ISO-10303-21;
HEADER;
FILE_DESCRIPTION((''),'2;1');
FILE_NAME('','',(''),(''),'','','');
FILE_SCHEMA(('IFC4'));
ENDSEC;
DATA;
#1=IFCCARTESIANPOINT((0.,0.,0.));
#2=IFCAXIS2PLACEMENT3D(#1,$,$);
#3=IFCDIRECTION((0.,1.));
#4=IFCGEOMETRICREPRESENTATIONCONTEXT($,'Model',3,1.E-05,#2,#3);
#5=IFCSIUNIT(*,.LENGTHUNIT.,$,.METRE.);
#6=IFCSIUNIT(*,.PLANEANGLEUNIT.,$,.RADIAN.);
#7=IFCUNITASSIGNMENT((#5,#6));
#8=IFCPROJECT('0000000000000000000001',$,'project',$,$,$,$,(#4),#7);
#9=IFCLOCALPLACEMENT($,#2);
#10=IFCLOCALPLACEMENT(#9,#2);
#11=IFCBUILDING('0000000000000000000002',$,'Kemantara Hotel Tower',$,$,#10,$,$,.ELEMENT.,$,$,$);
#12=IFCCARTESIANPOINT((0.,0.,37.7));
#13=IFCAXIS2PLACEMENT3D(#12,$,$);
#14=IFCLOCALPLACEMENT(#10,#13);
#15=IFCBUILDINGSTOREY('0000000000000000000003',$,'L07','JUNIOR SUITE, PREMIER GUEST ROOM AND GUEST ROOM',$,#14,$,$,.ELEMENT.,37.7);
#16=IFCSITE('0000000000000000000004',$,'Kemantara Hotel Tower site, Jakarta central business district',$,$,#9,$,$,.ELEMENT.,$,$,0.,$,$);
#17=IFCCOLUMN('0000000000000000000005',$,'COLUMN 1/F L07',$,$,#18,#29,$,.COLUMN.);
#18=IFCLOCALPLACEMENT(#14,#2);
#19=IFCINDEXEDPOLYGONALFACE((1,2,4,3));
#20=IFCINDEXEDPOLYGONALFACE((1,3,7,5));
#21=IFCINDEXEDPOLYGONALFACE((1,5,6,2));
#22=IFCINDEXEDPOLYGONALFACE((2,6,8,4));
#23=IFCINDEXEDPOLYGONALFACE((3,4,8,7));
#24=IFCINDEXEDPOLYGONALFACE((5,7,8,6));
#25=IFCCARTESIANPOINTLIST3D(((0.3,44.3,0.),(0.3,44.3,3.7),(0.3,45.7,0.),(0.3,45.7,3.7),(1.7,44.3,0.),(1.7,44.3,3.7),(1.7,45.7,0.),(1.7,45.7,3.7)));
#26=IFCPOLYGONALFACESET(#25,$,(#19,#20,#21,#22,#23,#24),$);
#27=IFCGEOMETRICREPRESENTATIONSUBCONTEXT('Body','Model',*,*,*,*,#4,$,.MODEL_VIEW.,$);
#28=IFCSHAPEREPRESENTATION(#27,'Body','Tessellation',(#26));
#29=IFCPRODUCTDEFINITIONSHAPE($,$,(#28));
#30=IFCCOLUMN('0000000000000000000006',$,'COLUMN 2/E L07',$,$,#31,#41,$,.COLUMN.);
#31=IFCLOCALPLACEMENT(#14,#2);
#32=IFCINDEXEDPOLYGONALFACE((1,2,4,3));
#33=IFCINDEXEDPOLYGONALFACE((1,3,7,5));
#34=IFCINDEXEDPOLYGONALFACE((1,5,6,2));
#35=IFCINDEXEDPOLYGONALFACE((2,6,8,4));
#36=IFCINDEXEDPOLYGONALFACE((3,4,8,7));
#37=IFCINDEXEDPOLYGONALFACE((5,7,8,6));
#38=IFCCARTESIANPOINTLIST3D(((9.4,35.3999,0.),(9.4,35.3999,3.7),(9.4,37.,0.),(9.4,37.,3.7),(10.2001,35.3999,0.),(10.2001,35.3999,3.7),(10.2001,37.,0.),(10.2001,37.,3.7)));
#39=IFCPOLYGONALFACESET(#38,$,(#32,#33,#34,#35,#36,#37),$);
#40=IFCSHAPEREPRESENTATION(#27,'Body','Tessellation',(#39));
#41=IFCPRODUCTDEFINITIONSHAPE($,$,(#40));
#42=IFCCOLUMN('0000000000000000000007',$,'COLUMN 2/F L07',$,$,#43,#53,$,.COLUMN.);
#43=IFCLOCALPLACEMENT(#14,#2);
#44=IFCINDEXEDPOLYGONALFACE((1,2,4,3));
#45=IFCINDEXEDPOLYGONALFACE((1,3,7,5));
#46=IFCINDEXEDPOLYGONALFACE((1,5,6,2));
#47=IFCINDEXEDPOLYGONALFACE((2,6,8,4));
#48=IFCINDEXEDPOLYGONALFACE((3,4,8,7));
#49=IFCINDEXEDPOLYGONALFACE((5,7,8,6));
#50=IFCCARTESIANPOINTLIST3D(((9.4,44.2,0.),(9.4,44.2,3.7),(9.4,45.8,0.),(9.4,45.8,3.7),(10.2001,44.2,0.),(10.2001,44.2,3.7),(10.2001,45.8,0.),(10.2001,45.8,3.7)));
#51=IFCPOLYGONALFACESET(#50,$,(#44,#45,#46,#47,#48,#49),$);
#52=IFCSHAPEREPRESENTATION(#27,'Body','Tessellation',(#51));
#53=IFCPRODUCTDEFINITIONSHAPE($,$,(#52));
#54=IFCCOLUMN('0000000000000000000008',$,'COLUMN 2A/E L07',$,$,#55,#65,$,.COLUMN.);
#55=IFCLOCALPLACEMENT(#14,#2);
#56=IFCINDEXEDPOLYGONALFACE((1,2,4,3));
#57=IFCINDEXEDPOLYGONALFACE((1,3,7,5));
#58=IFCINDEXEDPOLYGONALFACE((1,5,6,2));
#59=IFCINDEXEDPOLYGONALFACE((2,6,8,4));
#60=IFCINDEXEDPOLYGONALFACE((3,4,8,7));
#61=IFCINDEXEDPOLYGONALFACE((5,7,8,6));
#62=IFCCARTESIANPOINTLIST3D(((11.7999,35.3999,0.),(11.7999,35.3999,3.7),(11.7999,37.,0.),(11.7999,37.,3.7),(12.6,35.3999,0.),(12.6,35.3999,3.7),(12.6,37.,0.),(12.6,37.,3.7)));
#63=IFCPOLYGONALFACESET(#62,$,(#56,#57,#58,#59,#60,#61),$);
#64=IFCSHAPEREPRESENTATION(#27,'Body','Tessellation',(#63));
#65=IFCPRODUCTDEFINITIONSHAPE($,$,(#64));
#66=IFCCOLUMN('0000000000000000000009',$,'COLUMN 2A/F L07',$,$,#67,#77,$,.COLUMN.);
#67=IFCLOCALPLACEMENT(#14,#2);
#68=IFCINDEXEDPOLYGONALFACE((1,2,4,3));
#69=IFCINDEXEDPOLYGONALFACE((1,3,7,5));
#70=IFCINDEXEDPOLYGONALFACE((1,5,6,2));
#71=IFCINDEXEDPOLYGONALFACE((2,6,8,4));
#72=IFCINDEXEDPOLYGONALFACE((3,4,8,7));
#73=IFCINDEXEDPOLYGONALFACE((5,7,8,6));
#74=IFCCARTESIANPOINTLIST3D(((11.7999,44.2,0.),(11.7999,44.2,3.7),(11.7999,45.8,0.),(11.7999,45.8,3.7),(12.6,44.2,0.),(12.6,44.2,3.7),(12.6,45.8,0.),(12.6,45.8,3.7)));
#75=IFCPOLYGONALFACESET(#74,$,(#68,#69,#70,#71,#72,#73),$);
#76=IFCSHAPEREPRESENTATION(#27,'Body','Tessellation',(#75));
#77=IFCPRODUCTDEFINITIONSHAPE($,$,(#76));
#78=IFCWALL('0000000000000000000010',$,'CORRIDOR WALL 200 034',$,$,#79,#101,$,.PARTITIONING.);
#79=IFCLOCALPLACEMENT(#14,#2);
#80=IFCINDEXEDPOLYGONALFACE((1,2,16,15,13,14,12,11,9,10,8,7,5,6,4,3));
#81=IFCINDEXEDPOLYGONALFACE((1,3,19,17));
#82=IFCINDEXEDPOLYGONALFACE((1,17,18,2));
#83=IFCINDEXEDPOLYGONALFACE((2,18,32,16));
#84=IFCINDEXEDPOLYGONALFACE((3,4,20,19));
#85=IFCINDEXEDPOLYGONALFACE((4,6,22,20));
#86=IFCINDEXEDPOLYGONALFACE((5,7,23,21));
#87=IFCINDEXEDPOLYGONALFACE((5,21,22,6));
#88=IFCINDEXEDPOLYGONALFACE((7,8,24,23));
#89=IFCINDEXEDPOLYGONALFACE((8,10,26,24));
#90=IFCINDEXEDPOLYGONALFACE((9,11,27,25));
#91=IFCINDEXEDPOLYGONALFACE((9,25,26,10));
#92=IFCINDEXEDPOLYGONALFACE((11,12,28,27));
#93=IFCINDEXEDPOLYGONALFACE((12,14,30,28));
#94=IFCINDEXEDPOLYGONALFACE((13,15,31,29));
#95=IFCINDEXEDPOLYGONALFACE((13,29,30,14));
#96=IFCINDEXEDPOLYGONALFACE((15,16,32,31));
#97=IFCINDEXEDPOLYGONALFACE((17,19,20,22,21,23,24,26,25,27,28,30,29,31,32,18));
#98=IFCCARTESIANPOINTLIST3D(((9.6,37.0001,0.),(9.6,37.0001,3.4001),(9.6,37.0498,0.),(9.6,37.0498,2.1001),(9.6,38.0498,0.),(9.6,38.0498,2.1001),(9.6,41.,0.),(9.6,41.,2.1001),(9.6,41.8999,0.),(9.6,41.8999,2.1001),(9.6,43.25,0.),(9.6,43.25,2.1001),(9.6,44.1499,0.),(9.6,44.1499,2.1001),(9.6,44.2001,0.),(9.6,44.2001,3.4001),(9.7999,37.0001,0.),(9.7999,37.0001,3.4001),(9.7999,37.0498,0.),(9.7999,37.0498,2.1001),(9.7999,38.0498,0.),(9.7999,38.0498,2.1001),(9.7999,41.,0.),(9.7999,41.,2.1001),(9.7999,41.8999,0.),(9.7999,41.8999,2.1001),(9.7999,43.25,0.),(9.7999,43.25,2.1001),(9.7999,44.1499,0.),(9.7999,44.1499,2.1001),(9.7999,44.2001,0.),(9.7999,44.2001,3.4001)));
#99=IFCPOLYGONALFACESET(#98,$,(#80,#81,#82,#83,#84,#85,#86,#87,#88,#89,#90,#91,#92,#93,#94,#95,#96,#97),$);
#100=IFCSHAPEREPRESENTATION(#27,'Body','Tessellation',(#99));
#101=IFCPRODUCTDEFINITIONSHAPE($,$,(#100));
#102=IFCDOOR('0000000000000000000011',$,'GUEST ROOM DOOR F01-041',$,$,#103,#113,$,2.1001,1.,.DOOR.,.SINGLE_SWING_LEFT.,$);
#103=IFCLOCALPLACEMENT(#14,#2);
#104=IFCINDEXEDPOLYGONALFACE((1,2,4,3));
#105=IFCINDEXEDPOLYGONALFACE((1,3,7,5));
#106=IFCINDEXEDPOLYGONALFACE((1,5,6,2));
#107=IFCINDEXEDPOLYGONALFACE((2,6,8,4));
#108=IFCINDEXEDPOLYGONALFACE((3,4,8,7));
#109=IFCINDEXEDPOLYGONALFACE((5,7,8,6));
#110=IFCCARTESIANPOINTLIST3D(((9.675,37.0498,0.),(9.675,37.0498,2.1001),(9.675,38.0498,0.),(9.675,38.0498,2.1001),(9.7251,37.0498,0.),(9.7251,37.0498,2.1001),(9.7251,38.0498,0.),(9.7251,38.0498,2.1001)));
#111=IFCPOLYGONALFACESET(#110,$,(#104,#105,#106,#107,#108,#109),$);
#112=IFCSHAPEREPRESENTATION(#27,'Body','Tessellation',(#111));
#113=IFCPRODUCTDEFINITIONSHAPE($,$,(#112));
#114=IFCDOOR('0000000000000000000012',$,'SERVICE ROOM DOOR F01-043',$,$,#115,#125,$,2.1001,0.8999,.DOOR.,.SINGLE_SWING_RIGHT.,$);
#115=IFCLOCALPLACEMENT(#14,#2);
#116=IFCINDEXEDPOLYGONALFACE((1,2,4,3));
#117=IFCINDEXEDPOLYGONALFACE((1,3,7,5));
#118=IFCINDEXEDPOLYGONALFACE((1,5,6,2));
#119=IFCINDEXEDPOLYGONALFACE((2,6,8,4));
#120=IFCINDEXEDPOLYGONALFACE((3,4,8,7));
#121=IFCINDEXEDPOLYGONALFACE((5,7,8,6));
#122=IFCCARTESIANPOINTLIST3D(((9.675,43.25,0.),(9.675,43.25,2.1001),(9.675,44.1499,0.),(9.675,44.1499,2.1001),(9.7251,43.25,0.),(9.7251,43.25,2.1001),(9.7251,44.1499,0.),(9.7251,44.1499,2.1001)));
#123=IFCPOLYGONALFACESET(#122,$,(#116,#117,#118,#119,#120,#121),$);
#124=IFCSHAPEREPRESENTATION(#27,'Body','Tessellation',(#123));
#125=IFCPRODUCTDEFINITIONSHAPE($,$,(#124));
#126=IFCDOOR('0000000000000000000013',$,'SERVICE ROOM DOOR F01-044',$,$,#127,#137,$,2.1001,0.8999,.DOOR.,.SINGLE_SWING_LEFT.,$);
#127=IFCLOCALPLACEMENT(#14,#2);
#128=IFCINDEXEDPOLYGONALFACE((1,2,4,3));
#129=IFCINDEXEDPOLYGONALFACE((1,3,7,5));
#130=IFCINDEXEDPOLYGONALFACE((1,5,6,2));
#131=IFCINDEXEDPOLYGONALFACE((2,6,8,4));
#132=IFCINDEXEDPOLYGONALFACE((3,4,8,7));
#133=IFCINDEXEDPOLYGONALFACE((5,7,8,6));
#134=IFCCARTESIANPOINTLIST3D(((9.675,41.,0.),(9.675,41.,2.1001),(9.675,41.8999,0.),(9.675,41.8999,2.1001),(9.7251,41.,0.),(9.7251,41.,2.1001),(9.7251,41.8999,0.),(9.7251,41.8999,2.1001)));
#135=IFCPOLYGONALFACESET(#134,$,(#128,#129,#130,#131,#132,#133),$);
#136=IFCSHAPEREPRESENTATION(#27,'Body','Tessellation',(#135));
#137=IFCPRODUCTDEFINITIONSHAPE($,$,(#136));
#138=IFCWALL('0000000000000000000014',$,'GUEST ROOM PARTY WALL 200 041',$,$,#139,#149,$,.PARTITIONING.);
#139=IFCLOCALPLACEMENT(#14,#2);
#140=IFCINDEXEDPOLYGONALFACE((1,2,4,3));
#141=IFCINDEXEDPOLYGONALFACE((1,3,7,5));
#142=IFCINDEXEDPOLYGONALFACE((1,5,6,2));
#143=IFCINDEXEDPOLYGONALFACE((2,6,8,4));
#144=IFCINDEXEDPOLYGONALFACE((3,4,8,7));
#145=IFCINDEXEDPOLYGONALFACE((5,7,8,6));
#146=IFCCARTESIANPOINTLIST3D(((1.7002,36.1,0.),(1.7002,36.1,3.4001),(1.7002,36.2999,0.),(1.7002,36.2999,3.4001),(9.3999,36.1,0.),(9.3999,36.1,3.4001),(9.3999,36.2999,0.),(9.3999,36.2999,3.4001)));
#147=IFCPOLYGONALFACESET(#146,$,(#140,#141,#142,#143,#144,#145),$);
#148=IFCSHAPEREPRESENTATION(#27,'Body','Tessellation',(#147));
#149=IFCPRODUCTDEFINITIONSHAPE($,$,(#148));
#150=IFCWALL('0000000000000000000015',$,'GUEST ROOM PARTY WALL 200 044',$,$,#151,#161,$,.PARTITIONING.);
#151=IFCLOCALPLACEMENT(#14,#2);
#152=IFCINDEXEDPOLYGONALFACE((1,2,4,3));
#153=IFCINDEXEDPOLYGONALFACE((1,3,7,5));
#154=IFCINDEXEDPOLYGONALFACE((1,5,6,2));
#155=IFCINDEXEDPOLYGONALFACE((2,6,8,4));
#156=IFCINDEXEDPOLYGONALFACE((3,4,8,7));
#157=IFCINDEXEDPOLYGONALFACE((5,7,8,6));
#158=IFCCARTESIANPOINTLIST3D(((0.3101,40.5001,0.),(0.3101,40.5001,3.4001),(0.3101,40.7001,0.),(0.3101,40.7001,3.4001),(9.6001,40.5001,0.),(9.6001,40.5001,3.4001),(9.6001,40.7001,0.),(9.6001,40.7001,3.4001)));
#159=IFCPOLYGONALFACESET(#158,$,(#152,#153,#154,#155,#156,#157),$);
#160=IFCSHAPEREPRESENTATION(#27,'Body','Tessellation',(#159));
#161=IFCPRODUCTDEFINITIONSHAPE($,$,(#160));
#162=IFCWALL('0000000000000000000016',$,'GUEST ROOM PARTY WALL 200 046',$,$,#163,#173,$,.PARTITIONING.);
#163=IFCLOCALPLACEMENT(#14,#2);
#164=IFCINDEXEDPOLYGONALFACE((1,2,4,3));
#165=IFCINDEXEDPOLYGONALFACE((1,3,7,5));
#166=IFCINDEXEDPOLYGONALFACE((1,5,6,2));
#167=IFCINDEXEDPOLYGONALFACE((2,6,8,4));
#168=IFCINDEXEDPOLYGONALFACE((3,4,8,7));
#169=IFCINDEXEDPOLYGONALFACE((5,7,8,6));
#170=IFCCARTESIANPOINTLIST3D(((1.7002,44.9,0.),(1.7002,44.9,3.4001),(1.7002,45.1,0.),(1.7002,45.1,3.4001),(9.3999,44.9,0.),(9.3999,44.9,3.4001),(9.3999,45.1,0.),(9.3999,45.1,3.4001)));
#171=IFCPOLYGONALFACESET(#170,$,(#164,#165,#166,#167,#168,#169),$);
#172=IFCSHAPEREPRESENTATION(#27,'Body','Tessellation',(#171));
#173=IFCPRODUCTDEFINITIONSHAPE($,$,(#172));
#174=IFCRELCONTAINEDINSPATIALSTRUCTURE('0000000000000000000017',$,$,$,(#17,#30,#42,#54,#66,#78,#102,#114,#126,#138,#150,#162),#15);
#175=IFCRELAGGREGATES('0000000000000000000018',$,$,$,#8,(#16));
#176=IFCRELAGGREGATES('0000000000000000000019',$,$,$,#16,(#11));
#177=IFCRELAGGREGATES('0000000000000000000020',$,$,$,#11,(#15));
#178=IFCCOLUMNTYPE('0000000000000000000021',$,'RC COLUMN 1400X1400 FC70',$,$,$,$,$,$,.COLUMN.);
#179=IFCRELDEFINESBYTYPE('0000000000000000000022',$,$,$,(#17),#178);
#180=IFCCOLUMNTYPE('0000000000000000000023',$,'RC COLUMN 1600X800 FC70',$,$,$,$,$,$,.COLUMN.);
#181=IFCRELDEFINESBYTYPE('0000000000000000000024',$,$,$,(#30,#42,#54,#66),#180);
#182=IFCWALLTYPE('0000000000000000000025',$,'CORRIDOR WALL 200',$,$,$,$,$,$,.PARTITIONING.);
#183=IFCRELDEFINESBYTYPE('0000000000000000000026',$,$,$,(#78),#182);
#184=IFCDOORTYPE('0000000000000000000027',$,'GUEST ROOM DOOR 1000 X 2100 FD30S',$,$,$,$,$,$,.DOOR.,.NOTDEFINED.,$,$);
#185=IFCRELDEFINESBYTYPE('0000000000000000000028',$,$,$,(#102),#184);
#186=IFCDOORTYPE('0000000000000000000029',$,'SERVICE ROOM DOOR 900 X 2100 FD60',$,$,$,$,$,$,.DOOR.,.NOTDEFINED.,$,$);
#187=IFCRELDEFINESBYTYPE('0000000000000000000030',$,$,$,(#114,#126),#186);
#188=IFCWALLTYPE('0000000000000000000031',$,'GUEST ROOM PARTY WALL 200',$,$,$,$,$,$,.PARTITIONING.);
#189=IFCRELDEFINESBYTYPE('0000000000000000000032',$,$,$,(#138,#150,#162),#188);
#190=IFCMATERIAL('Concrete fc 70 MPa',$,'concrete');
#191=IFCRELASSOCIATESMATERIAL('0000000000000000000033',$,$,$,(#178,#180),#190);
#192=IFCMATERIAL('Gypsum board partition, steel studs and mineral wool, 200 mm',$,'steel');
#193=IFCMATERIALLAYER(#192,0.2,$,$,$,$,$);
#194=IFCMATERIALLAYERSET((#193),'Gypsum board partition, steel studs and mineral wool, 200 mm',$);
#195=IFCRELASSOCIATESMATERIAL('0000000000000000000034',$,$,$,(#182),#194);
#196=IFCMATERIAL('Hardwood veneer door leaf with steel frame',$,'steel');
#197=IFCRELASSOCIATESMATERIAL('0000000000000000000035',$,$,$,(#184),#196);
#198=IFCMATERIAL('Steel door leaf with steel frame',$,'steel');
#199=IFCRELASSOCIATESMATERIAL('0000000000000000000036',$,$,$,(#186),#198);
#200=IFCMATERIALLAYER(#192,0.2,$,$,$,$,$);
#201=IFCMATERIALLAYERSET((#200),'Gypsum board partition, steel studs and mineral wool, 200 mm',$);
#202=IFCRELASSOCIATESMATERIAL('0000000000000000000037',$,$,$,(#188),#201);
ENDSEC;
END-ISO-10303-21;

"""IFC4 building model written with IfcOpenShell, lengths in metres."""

from ifc_helpers import new_model, si_unit, direction, frame, frame_2d, origin, origin_2d, place, context, subcontext, project, spatial, rectangle, extrude, material, layer, layer_set, material_profile, profile_set, type_object, element, fill, save


model = new_model("IFC4")

# Units and contexts
model_context = context("Model", 3, precision=1e-05, world=origin(), true_north=direction((0.0, 1.0)))
body_context = subcontext(model_context, "Body", "Model", "MODEL_VIEW")
ifc_project = project(units=[si_unit("LENGTHUNIT", "METRE"), si_unit("PLANEANGLEUNIT", "RADIAN")], contexts=[model_context])

# Site, building, storey
site_placement = place(None, origin())
site = spatial("IfcSite", under=ifc_project, at=site_placement, Name="Kemantara Hotel Tower site, Jakarta central business district", CompositionType="ELEMENT", RefElevation=0.0)
building_placement = place(site_placement, origin())
building = spatial("IfcBuilding", under=site, at=building_placement, Name="Kemantara Hotel Tower", CompositionType="ELEMENT")
storey_placement = place(building_placement, frame((0.0, 0.0, 37.7)))
storey = spatial("IfcBuildingStorey", under=building, at=storey_placement, Name="L07", Description="JUNIOR SUITE, PREMIER GUEST ROOM AND GUEST ROOM", CompositionType="ELEMENT", Elevation=37.7)

# Columns
ifc_material_1 = material(Name="Concrete fc 70 MPa", Category="concrete")
ifc_material_profile_1 = material_profile(ifc_material_1, rectangle(XDim=1.3999, YDim=1.3999, at=origin_2d()), Name="RC 1400X1400")
ifc_profile_set_1 = profile_set([ifc_material_profile_1], Name="Concrete fc 70 MPa")
column_type_1 = type_object("IfcColumnType", Name="RC COLUMN 1400X1400 FC70", PredefinedType="COLUMN", material=ifc_profile_set_1)
column_placement = place(storey_placement, frame((1.0, 45.0, 0.0), z_axis=(0.0, 0.0, 1.0), x_axis=(1.0, 0.0, 0.0)))
element("IfcColumn", 1, at=column_placement, inside=storey, type_object=column_type_1, Name="COLUMN 1/F L07", PredefinedType="COLUMN", context=body_context, shape_type="SweptSolid", body=[
    extrude(rectangle(XDim=1.3999, YDim=1.3999, at=origin_2d()), origin(), (0.0, 0.0, 1.0), 3.7),
])
ifc_material_profile_2 = material_profile(ifc_material_1, rectangle(XDim=1.6001, YDim=0.8, at=origin_2d()), Name="RC 1600X800")
ifc_profile_set_2 = profile_set([ifc_material_profile_2], Name="Concrete fc 70 MPa")
column_type_2 = type_object("IfcColumnType", Name="RC COLUMN 1600X800 FC70", PredefinedType="COLUMN", material=ifc_profile_set_2)
for number, where, z_axis, x_axis, name in (
    (2, (9.8, 36.2, 0.0), (0.0, 0.0, 1.0), (0.0, 1.0, 0.0), "COLUMN 2/E L07"),
    (3, (9.8, 45.0, 0.0), (0.0, 0.0, 1.0), (0.0, 1.0, 0.0), "COLUMN 2/F L07"),
    (4, (12.2, 36.2, 0.0), (0.0, 0.0, 1.0), (0.0, 1.0, 0.0), "COLUMN 2A/E L07"),
    (5, (12.2, 45.0, 0.0), (0.0, 0.0, 1.0), (0.0, 1.0, 0.0), "COLUMN 2A/F L07"),
):
    element("IfcColumn", number, at=place(storey_placement, frame(where, z_axis=z_axis, x_axis=x_axis)), inside=storey, type_object=column_type_2, Name=name, PredefinedType="COLUMN", context=body_context, shape_type="SweptSolid", body=[
        extrude(rectangle(XDim=1.6001, YDim=0.8, at=origin_2d()), origin(), (0.0, 0.0, 1.0), 3.7),
    ])

# Wall, openings, doors
ifc_material_2 = material(Name="Gypsum board partition, steel studs and mineral wool, 200 mm", Category="steel")
ifc_layer_1 = layer(ifc_material_2, 0.2)
ifc_layer_set_1 = layer_set([ifc_layer_1], Name="Gypsum board partition, steel studs and mineral wool, 200 mm")
wall_type_1 = type_object("IfcWallType", Name="CORRIDOR WALL 200", PredefinedType="PARTITIONING", material=ifc_layer_set_1)
wall_1_placement = place(storey_placement, frame((9.7, 37.0, 0.0), z_axis=(0.0, 0.0, 1.0), x_axis=(0.0, 1.0, 0.0)))
wall_1 = element("IfcWall", 6, at=wall_1_placement, inside=storey, type_object=wall_type_1, Name="CORRIDOR WALL 200 034", PredefinedType="PARTITIONING", context=body_context, shape_type="SweptSolid", body=[
    extrude(rectangle(XDim=7.2, YDim=0.2, at=frame_2d((3.6001, 0.0))), origin(), (0.0, 0.0, 1.0), 3.4001),
])
opening_1_placement = place(wall_1_placement, frame((0.0498, 0.0, 0.0)))
opening_1 = element("IfcOpeningElement", 7, at=opening_1_placement, cuts=wall_1, PredefinedType="OPENING", context=body_context, shape_type="SweptSolid", body=[
    extrude(rectangle(XDim=1.0, YDim=2.1001, at=frame_2d((0.5, 1.05))), frame((0.0, 0.1099, 0.0), z_axis=(0.0, -1.0, 0.0), x_axis=(1.0, 0.0, 0.0)), (0.0, 0.0, 1.0), 0.22),
])
opening_2_placement = place(wall_1_placement, frame((6.25, 0.0, 0.0)))
opening_2 = element("IfcOpeningElement", 8, at=opening_2_placement, cuts=wall_1, PredefinedType="OPENING", context=body_context, shape_type="SweptSolid", body=[
    extrude(rectangle(XDim=0.8999, YDim=2.1001, at=frame_2d((0.45, 1.05))), frame((0.0, 0.1099, 0.0), z_axis=(0.0, -1.0, 0.0), x_axis=(1.0, 0.0, 0.0)), (0.0, 0.0, 1.0), 0.22),
])
opening_3_placement = place(wall_1_placement, frame((4.0, 0.0, 0.0)))
opening_3 = element("IfcOpeningElement", 9, at=opening_3_placement, cuts=wall_1, PredefinedType="OPENING", context=body_context, shape_type="SweptSolid", body=[
    extrude(rectangle(XDim=0.8999, YDim=2.1001, at=frame_2d((0.45, 1.05))), frame((0.0, 0.1099, 0.0), z_axis=(0.0, -1.0, 0.0), x_axis=(1.0, 0.0, 0.0)), (0.0, 0.0, 1.0), 0.22),
])
ifc_material_3 = material(Name="Hardwood veneer door leaf with steel frame", Category="steel")
door_type_1 = type_object("IfcDoorType", Name="GUEST ROOM DOOR 1000 X 2100 FD30S", OperationType="NOTDEFINED", PredefinedType="DOOR", material=ifc_material_3)
door_1_placement = place(opening_1_placement, origin())
door_1 = element("IfcDoor", 10, at=door_1_placement, inside=storey, type_object=door_type_1, Name="GUEST ROOM DOOR F01-041", OperationType="SINGLE_SWING_LEFT", OverallHeight=2.1001, OverallWidth=1.0, PredefinedType="DOOR", context=body_context, shape_type="SweptSolid", body=[
    extrude(rectangle(XDim=1.0, YDim=2.1001, at=frame_2d((0.5, 1.05))), frame((0.0, 0.0249, 0.0), z_axis=(0.0, -1.0, 0.0), x_axis=(1.0, 0.0, 0.0)), (0.0, 0.0, 1.0), 0.05),
])
fill(opening_1, door_1)
ifc_material_4 = material(Name="Steel door leaf with steel frame", Category="steel")
door_type_2 = type_object("IfcDoorType", Name="SERVICE ROOM DOOR 900 X 2100 FD60", OperationType="NOTDEFINED", PredefinedType="DOOR", material=ifc_material_4)
door_2_placement = place(opening_2_placement, origin())
door_2 = element("IfcDoor", 11, at=door_2_placement, inside=storey, type_object=door_type_2, Name="SERVICE ROOM DOOR F01-043", OperationType="SINGLE_SWING_RIGHT", OverallHeight=2.1001, OverallWidth=0.8999, PredefinedType="DOOR", context=body_context, shape_type="SweptSolid", body=[
    extrude(rectangle(XDim=0.8999, YDim=2.1001, at=frame_2d((0.45, 1.05))), frame((0.0, 0.0249, 0.0), z_axis=(0.0, -1.0, 0.0), x_axis=(1.0, 0.0, 0.0)), (0.0, 0.0, 1.0), 0.05),
])
fill(opening_2, door_2)
door_3_placement = place(opening_3_placement, origin())
door_3 = element("IfcDoor", 12, at=door_3_placement, inside=storey, type_object=door_type_2, Name="SERVICE ROOM DOOR F01-044", OperationType="SINGLE_SWING_LEFT", OverallHeight=2.1001, OverallWidth=0.8999, PredefinedType="DOOR", context=body_context, shape_type="SweptSolid", body=[
    extrude(rectangle(XDim=0.8999, YDim=2.1001, at=frame_2d((0.45, 1.05))), frame((0.0, 0.0249, 0.0), z_axis=(0.0, -1.0, 0.0), x_axis=(1.0, 0.0, 0.0)), (0.0, 0.0, 1.0), 0.05),
])
fill(opening_3, door_3)

# Walls
ifc_layer_2 = layer(ifc_material_2, 0.2)
ifc_layer_set_2 = layer_set([ifc_layer_2], Name="Gypsum board partition, steel studs and mineral wool, 200 mm")
wall_type_2 = type_object("IfcWallType", Name="GUEST ROOM PARTY WALL 200", PredefinedType="PARTITIONING", material=ifc_layer_set_2)
wall_2_placement = place(storey_placement, frame((1.7002, 36.2, 0.0), z_axis=(0.0, 0.0, 1.0), x_axis=(1.0, 0.0, 0.0)))
element("IfcWall", 13, at=wall_2_placement, inside=storey, type_object=wall_type_2, Name="GUEST ROOM PARTY WALL 200 041", PredefinedType="PARTITIONING", context=body_context, shape_type="SweptSolid", body=[
    extrude(rectangle(XDim=7.6997, YDim=0.2, at=frame_2d((3.8499, 0.0))), origin(), (0.0, 0.0, 1.0), 3.4001),
])
wall_3_placement = place(storey_placement, frame((0.3101, 40.6001, 0.0), z_axis=(0.0, 0.0, 1.0), x_axis=(1.0, 0.0, 0.0)))
element("IfcWall", 14, at=wall_3_placement, inside=storey, type_object=wall_type_2, Name="GUEST ROOM PARTY WALL 200 044", PredefinedType="PARTITIONING", context=body_context, shape_type="SweptSolid", body=[
    extrude(rectangle(XDim=9.29, YDim=0.2, at=frame_2d((4.645, 0.0))), origin(), (0.0, 0.0, 1.0), 3.4001),
])
wall_4_placement = place(storey_placement, frame((1.7002, 45.0, 0.0), z_axis=(0.0, 0.0, 1.0), x_axis=(1.0, 0.0, 0.0)))
element("IfcWall", 15, at=wall_4_placement, inside=storey, type_object=wall_type_2, Name="GUEST ROOM PARTY WALL 200 046", PredefinedType="PARTITIONING", context=body_context, shape_type="SweptSolid", body=[
    extrude(rectangle(XDim=7.6997, YDim=0.2, at=frame_2d((3.8499, 0.0))), origin(), (0.0, 0.0, 1.0), 3.4001),
])

save(model, "model.ifc")
